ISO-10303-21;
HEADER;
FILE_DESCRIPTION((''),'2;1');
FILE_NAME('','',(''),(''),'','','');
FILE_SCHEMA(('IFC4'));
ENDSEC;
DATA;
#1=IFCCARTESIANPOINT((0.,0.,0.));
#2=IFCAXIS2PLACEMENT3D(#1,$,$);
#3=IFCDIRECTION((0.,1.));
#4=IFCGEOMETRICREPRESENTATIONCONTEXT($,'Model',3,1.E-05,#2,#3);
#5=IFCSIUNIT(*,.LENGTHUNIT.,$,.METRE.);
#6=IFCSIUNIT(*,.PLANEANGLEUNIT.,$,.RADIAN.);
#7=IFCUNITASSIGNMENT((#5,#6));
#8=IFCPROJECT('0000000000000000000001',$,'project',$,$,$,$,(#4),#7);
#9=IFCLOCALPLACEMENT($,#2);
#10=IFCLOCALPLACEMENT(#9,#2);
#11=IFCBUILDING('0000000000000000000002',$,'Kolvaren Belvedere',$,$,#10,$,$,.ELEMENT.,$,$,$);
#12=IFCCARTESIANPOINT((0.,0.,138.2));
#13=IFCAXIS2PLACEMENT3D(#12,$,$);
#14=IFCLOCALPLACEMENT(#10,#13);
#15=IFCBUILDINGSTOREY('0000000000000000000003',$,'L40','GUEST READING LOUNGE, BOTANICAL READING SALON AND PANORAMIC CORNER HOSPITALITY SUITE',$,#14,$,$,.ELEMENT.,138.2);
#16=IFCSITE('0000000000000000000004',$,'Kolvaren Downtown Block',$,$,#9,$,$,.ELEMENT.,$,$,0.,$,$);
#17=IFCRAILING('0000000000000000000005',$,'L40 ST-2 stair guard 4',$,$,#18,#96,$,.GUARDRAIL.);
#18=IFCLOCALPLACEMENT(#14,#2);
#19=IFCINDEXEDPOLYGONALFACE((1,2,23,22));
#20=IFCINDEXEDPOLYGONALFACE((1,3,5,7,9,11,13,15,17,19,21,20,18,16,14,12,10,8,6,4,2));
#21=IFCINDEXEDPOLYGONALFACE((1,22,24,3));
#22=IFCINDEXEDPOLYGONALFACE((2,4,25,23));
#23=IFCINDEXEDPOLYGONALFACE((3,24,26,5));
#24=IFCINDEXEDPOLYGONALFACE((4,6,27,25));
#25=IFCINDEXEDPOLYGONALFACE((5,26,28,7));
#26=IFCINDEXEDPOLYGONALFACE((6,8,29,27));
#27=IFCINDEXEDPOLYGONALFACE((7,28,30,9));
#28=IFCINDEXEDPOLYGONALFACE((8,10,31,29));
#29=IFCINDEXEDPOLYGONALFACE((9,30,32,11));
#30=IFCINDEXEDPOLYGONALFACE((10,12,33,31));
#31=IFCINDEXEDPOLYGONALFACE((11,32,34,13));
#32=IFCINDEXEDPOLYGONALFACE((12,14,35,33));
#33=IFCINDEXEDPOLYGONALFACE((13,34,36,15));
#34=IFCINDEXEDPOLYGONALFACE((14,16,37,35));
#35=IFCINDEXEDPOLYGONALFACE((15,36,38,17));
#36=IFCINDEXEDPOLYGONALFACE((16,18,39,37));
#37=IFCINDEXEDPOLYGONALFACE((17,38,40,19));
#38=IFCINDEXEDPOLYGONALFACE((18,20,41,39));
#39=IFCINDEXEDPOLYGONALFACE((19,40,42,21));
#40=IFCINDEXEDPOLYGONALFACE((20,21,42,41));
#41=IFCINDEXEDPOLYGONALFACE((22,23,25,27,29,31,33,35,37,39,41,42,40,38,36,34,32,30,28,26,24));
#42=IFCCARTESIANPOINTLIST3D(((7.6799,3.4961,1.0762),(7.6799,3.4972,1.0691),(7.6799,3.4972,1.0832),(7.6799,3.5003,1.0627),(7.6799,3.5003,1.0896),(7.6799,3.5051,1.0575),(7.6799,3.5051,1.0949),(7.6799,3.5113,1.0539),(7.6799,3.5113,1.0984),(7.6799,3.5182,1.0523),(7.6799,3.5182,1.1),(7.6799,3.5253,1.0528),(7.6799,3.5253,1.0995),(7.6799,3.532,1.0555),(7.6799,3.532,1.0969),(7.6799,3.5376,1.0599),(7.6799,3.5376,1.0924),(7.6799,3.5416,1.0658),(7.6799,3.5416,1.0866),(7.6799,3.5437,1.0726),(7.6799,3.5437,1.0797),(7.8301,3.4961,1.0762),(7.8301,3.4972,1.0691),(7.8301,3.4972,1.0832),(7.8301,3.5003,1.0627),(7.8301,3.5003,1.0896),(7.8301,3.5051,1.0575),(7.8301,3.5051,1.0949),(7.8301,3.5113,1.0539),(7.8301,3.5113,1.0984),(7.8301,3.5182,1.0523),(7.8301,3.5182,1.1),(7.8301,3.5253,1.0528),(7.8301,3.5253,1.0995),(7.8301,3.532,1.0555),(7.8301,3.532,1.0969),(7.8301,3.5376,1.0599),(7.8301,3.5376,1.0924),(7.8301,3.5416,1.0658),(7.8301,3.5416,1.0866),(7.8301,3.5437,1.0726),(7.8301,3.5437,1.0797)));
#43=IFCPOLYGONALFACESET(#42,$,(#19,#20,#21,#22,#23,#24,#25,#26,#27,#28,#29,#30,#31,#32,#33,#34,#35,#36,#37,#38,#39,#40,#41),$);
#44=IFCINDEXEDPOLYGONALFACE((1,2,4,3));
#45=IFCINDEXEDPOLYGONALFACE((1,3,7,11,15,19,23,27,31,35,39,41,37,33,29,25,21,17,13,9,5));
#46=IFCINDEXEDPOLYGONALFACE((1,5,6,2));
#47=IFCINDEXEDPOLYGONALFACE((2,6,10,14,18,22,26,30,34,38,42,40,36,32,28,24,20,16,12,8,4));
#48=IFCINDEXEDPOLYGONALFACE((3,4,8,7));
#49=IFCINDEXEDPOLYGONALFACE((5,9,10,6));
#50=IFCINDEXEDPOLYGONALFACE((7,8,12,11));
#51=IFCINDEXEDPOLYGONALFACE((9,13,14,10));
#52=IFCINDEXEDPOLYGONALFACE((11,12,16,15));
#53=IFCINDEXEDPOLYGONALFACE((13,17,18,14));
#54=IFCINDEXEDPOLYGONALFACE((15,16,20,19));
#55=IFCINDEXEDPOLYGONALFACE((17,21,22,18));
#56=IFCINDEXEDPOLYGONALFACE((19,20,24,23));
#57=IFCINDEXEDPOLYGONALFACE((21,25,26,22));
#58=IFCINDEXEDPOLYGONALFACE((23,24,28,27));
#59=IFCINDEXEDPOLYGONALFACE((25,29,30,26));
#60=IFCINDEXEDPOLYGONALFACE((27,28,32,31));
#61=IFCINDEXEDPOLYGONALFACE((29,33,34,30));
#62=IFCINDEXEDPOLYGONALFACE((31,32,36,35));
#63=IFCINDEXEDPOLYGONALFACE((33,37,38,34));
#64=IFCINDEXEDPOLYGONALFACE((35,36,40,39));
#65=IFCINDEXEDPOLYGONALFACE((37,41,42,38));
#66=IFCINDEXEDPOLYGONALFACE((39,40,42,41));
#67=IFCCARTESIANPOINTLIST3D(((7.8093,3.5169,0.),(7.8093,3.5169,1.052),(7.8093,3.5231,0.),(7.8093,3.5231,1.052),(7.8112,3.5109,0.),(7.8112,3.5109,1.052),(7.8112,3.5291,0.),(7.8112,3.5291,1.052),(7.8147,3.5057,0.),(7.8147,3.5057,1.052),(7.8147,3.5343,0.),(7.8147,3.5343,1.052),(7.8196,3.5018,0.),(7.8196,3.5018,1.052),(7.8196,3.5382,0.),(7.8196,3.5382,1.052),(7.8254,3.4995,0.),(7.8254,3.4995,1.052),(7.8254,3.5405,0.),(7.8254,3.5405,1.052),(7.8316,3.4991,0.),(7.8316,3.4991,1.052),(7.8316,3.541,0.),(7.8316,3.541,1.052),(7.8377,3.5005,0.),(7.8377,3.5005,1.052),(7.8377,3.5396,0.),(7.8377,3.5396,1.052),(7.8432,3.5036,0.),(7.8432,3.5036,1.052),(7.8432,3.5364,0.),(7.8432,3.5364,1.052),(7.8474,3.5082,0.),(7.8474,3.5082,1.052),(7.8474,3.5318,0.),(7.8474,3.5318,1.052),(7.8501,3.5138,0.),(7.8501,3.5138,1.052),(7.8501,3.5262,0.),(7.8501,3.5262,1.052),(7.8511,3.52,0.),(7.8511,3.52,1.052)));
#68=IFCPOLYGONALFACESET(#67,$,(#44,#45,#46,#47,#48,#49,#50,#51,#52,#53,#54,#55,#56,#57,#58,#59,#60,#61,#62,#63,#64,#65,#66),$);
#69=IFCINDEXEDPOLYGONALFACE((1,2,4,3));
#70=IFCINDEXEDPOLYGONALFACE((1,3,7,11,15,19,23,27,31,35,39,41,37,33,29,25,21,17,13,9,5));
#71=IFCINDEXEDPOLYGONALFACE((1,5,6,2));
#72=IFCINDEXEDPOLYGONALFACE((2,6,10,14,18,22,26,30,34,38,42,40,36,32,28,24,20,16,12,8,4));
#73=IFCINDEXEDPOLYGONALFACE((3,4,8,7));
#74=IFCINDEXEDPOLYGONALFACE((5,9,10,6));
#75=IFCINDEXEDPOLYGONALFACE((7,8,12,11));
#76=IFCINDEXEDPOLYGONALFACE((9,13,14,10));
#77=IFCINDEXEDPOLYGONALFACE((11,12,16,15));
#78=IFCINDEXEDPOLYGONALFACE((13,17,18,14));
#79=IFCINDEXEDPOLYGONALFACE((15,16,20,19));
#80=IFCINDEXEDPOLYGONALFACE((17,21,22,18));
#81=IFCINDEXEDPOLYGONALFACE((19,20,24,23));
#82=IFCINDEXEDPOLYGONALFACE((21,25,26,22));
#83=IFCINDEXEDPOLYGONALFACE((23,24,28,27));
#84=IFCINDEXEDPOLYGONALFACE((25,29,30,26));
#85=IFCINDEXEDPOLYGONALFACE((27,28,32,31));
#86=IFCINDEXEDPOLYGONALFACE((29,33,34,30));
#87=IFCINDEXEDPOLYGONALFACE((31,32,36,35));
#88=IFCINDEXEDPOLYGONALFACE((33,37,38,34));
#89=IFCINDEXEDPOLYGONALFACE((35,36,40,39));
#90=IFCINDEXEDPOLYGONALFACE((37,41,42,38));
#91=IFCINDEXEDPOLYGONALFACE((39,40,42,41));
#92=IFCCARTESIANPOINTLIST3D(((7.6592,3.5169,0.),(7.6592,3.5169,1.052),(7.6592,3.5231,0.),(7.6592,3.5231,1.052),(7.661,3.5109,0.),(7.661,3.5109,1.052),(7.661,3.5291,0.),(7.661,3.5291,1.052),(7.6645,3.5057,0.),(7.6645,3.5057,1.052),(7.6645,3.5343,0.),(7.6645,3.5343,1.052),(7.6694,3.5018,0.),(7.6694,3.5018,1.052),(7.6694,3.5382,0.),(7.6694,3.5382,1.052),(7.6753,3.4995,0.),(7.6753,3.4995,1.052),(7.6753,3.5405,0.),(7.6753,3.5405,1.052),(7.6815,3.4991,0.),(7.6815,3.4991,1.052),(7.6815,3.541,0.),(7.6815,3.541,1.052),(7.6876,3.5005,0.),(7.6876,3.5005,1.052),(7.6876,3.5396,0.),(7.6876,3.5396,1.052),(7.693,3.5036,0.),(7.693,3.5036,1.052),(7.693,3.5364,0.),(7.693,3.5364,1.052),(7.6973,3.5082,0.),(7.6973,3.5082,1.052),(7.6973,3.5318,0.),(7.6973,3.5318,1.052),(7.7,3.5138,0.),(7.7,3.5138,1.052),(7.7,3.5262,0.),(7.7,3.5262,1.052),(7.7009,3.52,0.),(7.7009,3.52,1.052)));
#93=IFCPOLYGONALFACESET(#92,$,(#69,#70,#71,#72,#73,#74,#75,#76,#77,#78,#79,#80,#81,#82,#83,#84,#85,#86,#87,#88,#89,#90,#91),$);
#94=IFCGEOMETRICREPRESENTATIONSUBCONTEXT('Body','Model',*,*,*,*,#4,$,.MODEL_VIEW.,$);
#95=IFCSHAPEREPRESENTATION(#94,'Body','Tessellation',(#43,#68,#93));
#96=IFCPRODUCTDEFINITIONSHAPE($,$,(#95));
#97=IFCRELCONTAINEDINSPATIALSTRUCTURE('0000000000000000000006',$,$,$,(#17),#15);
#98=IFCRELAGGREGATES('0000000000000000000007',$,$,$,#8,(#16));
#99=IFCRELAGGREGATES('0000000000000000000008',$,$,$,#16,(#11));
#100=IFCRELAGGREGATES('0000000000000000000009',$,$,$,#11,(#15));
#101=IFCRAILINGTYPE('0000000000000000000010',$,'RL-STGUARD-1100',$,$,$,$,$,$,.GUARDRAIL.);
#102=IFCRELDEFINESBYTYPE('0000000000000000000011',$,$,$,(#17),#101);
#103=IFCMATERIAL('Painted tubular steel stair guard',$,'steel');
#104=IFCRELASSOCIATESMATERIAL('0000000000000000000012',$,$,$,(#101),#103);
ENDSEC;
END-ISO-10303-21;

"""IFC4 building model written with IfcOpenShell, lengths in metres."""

from ifc_helpers import new_model, si_unit, direction, frame, origin, origin_2d, place, context, subcontext, project, spatial, circle, extrude, material, type_object, element, save


model = new_model("IFC4")

# Units and contexts
model_context = context("Model", 3, precision=1e-05, world=origin(), true_north=direction((0.0, 1.0)))
body_context = subcontext(model_context, "Body", "Model", "MODEL_VIEW")
ifc_project = project(units=[si_unit("LENGTHUNIT", "METRE"), si_unit("PLANEANGLEUNIT", "RADIAN")], contexts=[model_context])

# Site, building, storey
site_placement = place(None, origin())
site = spatial("IfcSite", under=ifc_project, at=site_placement, Name="Kolvaren Downtown Block", CompositionType="ELEMENT", RefElevation=0.0)
building_placement = place(site_placement, origin())
building = spatial("IfcBuilding", under=site, at=building_placement, Name="Kolvaren Belvedere", CompositionType="ELEMENT")
storey_placement = place(building_placement, frame((0.0, 0.0, 138.2)))
storey = spatial("IfcBuildingStorey", under=building, at=storey_placement, Name="L40", Description="GUEST READING LOUNGE, BOTANICAL READING SALON AND PANORAMIC CORNER HOSPITALITY SUITE", CompositionType="ELEMENT", Elevation=138.2)

# Railing
ifc_material_1 = material(Name="Painted tubular steel stair guard", Category="steel")
railing_type_1 = type_object("IfcRailingType", Name="RL-STGUARD-1100", PredefinedType="GUARDRAIL", material=ifc_material_1)
railing_1_placement = place(storey_placement, frame((7.8301, 3.52, 0.0)))
element("IfcRailing", 1, at=railing_1_placement, inside=storey, type_object=railing_type_1, Name="L40 ST-2 stair guard 4", PredefinedType="GUARDRAIL", context=body_context, shape_type="SweptSolid", body=[
    extrude(circle(Radius=0.0239, at=origin_2d()), frame((0.0, 0.0, 1.0762), z_axis=(-1.0, 0.0, 0.0), x_axis=(0.0, -1.0, 0.0)), (0.0, 0.0, 1.0), 0.1501),
    extrude(circle(Radius=0.021, at=origin_2d()), origin(), (0.0, 0.0, 1.0), 1.052),
    extrude(circle(Radius=0.021, at=origin_2d()), frame((-0.1501, 0.0, 0.0)), (0.0, 0.0, 1.0), 1.052),
])

save(model, "model.ifc")
